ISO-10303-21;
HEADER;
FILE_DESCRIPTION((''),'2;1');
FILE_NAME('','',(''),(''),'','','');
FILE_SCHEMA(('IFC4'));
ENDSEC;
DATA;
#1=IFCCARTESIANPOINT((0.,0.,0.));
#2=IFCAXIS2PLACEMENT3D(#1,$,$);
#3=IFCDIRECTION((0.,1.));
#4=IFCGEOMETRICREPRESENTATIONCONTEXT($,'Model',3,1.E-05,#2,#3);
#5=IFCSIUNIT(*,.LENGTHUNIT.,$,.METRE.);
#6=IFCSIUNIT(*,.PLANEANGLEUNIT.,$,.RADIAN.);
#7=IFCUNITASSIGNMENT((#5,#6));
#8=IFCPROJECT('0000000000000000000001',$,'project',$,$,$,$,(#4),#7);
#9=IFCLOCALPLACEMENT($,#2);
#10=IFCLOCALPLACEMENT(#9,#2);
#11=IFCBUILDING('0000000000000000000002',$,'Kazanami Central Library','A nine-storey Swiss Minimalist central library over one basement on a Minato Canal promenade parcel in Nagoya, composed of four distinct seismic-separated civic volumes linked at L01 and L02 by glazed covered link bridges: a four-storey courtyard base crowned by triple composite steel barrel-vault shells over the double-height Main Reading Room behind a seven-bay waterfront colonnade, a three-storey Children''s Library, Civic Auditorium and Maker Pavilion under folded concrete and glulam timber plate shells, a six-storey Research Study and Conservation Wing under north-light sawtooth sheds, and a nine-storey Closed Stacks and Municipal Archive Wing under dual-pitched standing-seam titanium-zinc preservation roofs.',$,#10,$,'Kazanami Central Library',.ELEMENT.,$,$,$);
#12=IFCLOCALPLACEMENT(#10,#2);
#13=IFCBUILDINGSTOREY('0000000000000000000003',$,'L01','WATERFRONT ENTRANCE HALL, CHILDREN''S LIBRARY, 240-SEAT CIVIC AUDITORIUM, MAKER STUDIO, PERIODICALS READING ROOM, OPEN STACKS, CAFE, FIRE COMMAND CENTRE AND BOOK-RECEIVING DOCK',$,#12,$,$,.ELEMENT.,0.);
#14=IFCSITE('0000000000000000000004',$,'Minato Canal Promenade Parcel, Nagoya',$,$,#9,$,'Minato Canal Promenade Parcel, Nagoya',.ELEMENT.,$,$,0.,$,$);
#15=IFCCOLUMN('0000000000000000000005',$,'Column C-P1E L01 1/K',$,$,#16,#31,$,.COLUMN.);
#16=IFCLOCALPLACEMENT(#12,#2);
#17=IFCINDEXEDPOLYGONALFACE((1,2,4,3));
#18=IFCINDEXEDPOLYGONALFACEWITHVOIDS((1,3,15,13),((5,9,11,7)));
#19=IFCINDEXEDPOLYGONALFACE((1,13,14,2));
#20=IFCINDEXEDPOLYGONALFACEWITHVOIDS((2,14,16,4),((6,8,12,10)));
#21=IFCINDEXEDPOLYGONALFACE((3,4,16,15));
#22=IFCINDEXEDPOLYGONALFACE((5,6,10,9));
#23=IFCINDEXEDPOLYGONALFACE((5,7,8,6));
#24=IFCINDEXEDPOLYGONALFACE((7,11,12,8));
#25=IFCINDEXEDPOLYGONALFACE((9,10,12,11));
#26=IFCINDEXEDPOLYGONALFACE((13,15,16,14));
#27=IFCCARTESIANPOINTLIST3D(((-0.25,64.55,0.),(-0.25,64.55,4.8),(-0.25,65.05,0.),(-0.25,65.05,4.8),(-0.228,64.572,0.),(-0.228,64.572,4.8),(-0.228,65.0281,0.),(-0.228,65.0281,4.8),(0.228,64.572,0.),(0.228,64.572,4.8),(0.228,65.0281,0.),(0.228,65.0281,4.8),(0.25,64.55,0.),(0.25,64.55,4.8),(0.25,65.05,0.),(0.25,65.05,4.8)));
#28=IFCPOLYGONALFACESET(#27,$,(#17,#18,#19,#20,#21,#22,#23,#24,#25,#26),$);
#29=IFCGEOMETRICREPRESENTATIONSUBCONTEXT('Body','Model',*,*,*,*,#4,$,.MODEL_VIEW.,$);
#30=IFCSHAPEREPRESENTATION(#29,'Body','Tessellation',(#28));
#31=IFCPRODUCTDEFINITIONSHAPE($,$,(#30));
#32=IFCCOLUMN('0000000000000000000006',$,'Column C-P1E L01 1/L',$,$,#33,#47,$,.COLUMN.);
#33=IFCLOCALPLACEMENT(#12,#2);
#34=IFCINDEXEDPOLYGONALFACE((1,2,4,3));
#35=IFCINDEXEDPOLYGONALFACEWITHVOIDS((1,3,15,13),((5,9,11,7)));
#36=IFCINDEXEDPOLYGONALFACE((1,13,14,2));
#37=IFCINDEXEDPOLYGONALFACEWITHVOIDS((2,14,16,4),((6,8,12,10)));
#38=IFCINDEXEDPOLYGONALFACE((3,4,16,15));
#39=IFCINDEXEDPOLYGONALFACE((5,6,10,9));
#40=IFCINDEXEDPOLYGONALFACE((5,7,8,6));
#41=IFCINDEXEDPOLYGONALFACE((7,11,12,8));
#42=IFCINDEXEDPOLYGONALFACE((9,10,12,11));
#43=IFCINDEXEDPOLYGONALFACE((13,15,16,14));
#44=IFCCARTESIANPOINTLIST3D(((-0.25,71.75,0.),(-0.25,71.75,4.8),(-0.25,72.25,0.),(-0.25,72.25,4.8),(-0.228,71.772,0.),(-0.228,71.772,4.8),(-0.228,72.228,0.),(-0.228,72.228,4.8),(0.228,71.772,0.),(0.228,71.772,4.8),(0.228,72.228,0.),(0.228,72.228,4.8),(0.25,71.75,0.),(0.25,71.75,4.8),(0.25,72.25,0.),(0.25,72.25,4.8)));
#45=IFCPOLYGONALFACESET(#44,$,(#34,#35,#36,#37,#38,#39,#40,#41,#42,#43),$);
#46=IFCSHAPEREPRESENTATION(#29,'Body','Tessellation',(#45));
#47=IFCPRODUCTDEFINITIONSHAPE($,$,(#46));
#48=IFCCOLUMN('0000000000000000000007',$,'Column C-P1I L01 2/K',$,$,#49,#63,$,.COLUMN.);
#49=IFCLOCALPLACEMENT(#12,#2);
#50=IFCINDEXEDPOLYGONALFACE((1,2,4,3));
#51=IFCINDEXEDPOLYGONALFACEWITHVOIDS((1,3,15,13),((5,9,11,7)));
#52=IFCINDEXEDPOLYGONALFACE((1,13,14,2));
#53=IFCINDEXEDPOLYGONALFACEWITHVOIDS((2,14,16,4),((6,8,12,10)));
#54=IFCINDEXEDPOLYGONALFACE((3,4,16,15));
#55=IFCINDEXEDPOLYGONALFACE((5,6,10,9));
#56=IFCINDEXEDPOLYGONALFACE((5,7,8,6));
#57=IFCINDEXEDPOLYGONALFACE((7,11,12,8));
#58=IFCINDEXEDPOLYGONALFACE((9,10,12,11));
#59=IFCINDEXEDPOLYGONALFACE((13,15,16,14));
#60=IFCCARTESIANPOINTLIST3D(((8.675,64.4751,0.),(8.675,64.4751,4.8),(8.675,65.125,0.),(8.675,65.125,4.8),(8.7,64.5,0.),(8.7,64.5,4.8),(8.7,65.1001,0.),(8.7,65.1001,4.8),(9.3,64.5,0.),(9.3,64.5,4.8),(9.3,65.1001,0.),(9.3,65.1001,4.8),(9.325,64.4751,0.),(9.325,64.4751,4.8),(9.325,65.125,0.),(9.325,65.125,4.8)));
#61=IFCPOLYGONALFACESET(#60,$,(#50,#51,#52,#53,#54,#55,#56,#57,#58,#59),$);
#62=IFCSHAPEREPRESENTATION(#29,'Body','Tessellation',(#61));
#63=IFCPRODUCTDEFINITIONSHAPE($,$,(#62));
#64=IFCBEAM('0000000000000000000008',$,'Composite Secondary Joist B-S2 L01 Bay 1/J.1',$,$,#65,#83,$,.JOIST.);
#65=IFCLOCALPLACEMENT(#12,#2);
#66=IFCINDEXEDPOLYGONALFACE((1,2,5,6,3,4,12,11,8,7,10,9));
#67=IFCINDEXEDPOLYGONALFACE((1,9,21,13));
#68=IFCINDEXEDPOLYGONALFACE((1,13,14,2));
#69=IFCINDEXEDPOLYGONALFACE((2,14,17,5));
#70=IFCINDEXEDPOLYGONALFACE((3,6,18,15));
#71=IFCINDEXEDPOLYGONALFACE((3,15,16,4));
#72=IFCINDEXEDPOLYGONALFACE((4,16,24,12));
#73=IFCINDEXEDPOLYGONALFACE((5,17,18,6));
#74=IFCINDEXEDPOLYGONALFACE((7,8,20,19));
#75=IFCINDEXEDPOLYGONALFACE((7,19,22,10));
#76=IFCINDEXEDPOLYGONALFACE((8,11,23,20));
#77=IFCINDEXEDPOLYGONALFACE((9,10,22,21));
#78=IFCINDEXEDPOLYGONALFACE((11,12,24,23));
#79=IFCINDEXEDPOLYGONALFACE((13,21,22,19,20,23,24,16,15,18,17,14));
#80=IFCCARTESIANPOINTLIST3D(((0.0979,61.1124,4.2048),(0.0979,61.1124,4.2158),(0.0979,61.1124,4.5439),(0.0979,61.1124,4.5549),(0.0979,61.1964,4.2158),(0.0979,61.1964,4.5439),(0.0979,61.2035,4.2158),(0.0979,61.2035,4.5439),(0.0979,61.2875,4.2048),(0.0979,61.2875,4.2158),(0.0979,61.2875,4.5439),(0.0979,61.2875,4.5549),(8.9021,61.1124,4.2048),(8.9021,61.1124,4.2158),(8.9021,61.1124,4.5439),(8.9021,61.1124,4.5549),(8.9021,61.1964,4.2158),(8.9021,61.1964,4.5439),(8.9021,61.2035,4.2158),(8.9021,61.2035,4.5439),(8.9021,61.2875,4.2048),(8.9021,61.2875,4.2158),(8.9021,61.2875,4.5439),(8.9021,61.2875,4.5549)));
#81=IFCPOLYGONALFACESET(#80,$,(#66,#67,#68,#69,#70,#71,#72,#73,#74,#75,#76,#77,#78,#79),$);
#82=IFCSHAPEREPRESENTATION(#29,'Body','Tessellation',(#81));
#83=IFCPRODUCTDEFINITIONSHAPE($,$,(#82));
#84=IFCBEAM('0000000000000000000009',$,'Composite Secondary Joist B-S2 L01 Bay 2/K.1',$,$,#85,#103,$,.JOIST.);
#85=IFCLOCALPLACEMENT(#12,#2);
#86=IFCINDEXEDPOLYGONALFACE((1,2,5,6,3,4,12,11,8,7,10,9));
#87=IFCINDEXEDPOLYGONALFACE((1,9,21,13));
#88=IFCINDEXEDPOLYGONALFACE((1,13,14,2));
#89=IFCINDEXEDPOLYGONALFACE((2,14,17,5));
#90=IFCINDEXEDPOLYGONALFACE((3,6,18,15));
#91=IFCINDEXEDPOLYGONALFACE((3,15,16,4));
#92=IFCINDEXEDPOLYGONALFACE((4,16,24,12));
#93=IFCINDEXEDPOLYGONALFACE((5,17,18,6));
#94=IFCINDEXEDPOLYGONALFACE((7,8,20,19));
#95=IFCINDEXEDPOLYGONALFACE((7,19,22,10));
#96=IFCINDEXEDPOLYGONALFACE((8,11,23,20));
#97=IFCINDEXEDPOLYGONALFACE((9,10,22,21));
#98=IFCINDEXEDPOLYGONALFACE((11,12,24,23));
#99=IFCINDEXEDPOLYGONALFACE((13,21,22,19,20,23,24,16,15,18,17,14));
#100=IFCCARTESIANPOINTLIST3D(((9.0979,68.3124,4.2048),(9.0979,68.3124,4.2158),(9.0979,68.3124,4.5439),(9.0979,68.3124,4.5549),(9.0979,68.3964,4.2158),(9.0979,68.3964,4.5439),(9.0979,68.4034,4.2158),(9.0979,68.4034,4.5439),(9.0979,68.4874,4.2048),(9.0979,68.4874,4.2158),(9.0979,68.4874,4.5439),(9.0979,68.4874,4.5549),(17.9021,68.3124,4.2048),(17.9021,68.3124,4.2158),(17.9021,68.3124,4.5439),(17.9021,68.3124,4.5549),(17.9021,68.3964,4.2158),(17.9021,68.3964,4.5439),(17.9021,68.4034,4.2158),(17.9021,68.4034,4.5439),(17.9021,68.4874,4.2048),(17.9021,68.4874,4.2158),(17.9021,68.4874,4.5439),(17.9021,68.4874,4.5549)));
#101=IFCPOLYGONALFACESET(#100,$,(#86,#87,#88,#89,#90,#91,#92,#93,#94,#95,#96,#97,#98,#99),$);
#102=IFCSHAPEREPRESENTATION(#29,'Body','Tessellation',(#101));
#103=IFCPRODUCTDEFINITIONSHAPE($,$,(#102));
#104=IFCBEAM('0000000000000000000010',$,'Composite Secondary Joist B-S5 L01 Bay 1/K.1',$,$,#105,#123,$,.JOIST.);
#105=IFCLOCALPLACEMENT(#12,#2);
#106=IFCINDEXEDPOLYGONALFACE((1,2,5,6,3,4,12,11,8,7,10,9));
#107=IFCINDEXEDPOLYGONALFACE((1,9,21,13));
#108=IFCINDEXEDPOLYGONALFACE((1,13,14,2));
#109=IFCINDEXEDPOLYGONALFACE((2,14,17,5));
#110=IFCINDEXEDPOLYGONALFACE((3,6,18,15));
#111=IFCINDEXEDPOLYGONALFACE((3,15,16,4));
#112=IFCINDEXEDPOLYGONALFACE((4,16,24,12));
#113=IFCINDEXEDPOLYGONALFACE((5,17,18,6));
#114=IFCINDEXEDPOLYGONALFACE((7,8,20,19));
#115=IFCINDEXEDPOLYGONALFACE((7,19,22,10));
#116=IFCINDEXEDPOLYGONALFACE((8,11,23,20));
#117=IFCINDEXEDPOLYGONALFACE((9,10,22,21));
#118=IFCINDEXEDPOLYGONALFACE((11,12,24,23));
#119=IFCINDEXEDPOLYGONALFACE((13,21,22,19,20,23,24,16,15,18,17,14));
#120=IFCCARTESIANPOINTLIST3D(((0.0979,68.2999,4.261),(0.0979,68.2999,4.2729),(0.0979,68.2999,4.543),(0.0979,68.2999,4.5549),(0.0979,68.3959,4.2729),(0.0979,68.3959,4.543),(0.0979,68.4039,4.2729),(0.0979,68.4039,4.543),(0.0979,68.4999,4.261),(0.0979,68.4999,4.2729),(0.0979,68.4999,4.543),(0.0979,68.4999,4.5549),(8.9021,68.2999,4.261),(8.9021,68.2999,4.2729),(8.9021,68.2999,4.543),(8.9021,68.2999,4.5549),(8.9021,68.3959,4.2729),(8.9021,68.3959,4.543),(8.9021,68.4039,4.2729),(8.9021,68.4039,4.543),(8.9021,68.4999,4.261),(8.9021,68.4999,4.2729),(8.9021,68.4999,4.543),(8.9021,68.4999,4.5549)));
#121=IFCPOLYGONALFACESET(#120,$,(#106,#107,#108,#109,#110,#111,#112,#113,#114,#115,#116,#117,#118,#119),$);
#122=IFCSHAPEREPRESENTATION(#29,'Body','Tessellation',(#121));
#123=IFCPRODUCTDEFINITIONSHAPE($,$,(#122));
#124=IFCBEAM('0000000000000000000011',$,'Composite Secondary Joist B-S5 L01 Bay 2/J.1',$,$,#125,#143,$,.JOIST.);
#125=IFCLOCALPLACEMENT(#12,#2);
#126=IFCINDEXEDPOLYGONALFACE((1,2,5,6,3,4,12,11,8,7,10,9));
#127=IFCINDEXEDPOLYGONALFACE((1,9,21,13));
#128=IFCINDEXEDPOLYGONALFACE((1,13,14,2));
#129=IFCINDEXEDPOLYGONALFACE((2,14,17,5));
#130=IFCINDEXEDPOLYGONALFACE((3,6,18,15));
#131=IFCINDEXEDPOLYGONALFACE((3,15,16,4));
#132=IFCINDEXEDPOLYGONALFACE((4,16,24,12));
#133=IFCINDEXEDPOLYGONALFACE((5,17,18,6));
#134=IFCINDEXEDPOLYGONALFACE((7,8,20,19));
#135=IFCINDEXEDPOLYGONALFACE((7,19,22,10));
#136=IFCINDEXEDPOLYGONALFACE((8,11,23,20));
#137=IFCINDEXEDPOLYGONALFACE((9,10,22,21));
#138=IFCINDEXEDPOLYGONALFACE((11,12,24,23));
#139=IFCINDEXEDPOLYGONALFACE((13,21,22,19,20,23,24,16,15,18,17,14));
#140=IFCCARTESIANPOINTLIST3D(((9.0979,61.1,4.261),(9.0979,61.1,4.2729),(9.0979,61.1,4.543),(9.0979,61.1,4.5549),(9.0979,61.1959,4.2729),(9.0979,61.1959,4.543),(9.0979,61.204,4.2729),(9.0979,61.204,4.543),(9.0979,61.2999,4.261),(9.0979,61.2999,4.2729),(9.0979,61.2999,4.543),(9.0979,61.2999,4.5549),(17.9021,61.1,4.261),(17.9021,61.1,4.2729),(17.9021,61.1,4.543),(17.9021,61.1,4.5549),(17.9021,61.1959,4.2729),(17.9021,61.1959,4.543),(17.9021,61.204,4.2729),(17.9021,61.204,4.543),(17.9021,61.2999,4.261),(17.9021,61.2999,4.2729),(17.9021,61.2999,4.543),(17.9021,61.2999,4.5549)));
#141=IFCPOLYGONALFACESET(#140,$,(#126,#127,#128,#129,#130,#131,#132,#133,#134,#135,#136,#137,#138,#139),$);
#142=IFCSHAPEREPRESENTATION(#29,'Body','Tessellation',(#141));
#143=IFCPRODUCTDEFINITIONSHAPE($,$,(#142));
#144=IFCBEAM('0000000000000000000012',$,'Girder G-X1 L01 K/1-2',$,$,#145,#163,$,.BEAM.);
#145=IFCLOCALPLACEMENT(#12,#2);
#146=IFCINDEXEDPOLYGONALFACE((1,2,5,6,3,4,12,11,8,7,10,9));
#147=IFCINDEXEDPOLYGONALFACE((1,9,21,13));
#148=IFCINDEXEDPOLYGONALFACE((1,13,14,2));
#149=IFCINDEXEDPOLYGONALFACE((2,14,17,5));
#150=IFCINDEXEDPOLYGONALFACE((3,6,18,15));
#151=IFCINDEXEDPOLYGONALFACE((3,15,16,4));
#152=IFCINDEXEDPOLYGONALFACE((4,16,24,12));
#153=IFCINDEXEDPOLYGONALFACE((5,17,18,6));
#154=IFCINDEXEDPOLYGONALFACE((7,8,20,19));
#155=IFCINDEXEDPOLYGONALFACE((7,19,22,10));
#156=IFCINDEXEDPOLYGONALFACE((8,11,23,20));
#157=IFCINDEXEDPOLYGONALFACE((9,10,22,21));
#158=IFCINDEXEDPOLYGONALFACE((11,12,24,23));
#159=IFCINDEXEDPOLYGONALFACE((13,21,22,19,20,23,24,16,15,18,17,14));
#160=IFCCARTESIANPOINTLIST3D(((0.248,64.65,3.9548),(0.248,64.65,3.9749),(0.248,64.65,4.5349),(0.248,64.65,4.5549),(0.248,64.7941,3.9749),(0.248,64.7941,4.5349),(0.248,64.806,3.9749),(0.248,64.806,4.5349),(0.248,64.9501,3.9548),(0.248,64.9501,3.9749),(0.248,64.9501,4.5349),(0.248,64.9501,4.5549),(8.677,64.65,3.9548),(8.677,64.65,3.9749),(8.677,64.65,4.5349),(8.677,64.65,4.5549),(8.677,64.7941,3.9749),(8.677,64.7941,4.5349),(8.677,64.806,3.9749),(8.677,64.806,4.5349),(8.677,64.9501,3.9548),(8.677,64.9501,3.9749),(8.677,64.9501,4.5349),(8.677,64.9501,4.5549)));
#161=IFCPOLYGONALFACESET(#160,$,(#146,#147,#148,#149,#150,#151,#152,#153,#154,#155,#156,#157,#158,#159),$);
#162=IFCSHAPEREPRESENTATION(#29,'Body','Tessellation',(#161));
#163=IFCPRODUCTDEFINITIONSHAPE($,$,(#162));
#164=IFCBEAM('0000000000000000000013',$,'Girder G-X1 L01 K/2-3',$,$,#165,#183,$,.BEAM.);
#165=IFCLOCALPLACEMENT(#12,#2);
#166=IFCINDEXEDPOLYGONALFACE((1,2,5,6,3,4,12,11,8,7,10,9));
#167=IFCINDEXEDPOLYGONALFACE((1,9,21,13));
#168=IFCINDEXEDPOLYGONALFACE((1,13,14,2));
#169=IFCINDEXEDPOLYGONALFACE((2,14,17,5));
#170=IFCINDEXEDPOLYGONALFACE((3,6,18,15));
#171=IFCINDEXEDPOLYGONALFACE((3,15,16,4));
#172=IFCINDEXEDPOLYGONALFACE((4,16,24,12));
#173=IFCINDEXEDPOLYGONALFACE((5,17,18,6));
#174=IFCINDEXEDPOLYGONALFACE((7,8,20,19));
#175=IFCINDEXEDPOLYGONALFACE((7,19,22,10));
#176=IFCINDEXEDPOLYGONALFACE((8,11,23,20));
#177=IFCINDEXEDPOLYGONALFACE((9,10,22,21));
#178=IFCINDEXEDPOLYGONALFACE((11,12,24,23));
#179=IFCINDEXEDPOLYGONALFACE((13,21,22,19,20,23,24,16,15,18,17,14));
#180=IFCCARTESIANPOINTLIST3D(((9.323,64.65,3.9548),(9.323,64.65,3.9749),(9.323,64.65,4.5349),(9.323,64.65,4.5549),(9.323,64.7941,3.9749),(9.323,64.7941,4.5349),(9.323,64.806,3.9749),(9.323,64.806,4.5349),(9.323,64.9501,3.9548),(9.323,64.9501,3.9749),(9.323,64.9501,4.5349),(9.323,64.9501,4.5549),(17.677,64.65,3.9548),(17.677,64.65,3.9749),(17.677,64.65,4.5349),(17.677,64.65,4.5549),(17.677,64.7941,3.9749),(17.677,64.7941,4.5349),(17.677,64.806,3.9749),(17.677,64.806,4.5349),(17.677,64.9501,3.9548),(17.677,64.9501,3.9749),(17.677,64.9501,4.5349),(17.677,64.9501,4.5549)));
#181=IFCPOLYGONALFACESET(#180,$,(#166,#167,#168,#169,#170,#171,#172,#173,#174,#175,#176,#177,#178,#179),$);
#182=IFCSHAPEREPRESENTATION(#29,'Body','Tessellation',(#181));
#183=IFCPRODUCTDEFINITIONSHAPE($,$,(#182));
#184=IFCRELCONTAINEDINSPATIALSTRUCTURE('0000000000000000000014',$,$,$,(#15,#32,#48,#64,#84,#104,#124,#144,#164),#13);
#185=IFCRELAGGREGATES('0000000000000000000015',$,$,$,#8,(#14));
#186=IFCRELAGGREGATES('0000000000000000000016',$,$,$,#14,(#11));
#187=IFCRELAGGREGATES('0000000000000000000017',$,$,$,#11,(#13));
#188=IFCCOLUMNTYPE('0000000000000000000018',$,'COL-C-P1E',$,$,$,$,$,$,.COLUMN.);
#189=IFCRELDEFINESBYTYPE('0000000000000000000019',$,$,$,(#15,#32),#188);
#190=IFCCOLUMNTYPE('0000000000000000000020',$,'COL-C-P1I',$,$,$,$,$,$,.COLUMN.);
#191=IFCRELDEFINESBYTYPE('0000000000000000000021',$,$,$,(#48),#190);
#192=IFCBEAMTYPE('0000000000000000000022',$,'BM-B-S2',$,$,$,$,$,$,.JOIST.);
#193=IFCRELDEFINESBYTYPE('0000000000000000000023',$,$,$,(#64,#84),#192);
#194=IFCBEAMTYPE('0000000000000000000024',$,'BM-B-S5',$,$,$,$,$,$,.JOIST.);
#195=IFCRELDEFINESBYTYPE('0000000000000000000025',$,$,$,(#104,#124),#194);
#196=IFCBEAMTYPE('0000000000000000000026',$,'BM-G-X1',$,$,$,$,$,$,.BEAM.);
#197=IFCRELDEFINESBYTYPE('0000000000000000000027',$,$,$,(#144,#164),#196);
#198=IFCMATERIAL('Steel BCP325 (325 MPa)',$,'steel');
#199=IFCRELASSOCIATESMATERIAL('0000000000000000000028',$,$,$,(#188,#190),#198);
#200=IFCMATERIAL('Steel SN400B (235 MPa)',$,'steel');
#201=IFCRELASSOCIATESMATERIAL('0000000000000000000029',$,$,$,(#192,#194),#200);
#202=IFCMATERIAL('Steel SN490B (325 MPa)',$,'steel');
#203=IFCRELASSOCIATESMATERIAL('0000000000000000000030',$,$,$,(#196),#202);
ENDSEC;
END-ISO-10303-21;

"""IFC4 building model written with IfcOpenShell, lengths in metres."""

from ifc_helpers import new_model, si_unit, direction, frame, origin, origin_2d, place, context, subcontext, project, spatial, hollow_rectangle, i_section, extrude, material, material_profile, profile_set, type_object, element, save


model = new_model("IFC4")

# Units and contexts
model_context = context("Model", 3, precision=1e-05, world=origin(), true_north=direction((0.0, 1.0)))
body_context = subcontext(model_context, "Body", "Model", "MODEL_VIEW")
ifc_project = project(units=[si_unit("LENGTHUNIT", "METRE"), si_unit("PLANEANGLEUNIT", "RADIAN")], contexts=[model_context])

# Site, building, storey
site_placement = place(None, origin())
site = spatial("IfcSite", under=ifc_project, at=site_placement, Name="Minato Canal Promenade Parcel, Nagoya", LongName="Minato Canal Promenade Parcel, Nagoya", CompositionType="ELEMENT", RefElevation=0.0)
building_placement = place(site_placement, origin())
building = spatial("IfcBuilding", under=site, at=building_placement, Name="Kazanami Central Library", Description="A nine-storey Swiss Minimalist central library over one basement on a Minato Canal promenade parcel in Nagoya, composed of four distinct seismic-separated civic volumes linked at L01 and L02 by glazed covered link bridges: a four-storey courtyard base crowned by triple composite steel barrel-vault shells over the double-height Main Reading Room behind a seven-bay waterfront colonnade, a three-storey Children's Library, Civic Auditorium and Maker Pavilion under folded concrete and glulam timber plate shells, a six-storey Research Study and Conservation Wing under north-light sawtooth sheds, and a nine-storey Closed Stacks and Municipal Archive Wing under dual-pitched standing-seam titanium-zinc preservation roofs.", LongName="Kazanami Central Library", CompositionType="ELEMENT")
storey_placement = place(building_placement, origin())
storey = spatial("IfcBuildingStorey", under=building, at=storey_placement, Name="L01", Description="WATERFRONT ENTRANCE HALL, CHILDREN'S LIBRARY, 240-SEAT CIVIC AUDITORIUM, MAKER STUDIO, PERIODICALS READING ROOM, OPEN STACKS, CAFE, FIRE COMMAND CENTRE AND BOOK-RECEIVING DOCK", CompositionType="ELEMENT", Elevation=0.0)

# Columns
ifc_material_1 = material(Name="Steel BCP325 (325 MPa)", Category="steel")
ifc_material_profile_1 = material_profile(ifc_material_1, hollow_rectangle(XDim=0.5, YDim=0.5, WallThickness=0.022, at=origin_2d()), Name="BCP-500x500x22")
ifc_profile_set_1 = profile_set([ifc_material_profile_1], Name="Steel BCP325 (325 MPa)")
column_type_1 = type_object("IfcColumnType", Name="COL-C-P1E", PredefinedType="COLUMN", material=ifc_profile_set_1)
for number, where, z_axis, x_axis, name in (
    (1, (0.0, 64.8, 0.0), (0.0, 0.0, 1.0), (1.0, 0.0, 0.0), "Column C-P1E L01 1/K"),
    (2, (0.0, 72.0, 0.0), (0.0, 0.0, 1.0), (1.0, 0.0, 0.0), "Column C-P1E L01 1/L"),
):
    element("IfcColumn", number, at=place(storey_placement, frame(where, z_axis=z_axis, x_axis=x_axis)), inside=storey, type_object=column_type_1, Name=name, PredefinedType="COLUMN", context=body_context, shape_type="SweptSolid", body=[
        extrude(hollow_rectangle(XDim=0.5, YDim=0.5, WallThickness=0.022, at=origin_2d()), origin(), (0.0, 0.0, 1.0), 4.8),
    ])
ifc_material_profile_2 = material_profile(ifc_material_1, hollow_rectangle(XDim=0.6499, YDim=0.6499, WallThickness=0.0249, at=origin_2d()), Name="BCP-650x650x25")
ifc_profile_set_2 = profile_set([ifc_material_profile_2], Name="Steel BCP325 (325 MPa)")
column_type_2 = type_object("IfcColumnType", Name="COL-C-P1I", PredefinedType="COLUMN", material=ifc_profile_set_2)
column_placement = place(storey_placement, frame((9.0, 64.8, 0.0), z_axis=(0.0, 0.0, 1.0), x_axis=(1.0, 0.0, 0.0)))
element("IfcColumn", 3, at=column_placement, inside=storey, type_object=column_type_2, Name="Column C-P1I L01 2/K", PredefinedType="COLUMN", context=body_context, shape_type="SweptSolid", body=[
    extrude(hollow_rectangle(XDim=0.6499, YDim=0.6499, WallThickness=0.0249, at=origin_2d()), origin(), (0.0, 0.0, 1.0), 4.8),
])

# Beams
ifc_material_2 = material(Name="Steel SN400B (235 MPa)", Category="steel")
ifc_material_profile_3 = material_profile(ifc_material_2, i_section(OverallWidth=0.175, OverallDepth=0.3501, WebThickness=0.0071, FlangeThickness=0.011, at=origin_2d()), Name="H-350x175x7x11")
ifc_profile_set_3 = profile_set([ifc_material_profile_3], Name="Steel SN400B (235 MPa)")
beam_type_1 = type_object("IfcBeamType", Name="BM-B-S2", PredefinedType="JOIST", material=ifc_profile_set_3)
for number, where, z_axis, x_axis, name in (
    (4, (0.0979, 61.2, 4.3799), (1.0, 0.0, 0.0), (0.0, 1.0, 0.0), "Composite Secondary Joist B-S2 L01 Bay 1/J.1"),
    (5, (9.0979, 68.3999, 4.3799), (1.0, 0.0, 0.0), (0.0, 1.0, 0.0), "Composite Secondary Joist B-S2 L01 Bay 2/K.1"),
):
    element("IfcBeam", number, at=place(storey_placement, frame(where, z_axis=z_axis, x_axis=x_axis)), inside=storey, type_object=beam_type_1, Name=name, PredefinedType="JOIST", context=body_context, shape_type="SweptSolid", body=[
        extrude(i_section(OverallWidth=0.175, OverallDepth=0.3501, WebThickness=0.0071, FlangeThickness=0.011, at=origin_2d()), origin(), (0.0, 0.0, 1.0), 8.8042),
    ])
ifc_material_profile_4 = material_profile(ifc_material_2, i_section(OverallWidth=0.2, OverallDepth=0.2939, WebThickness=0.0081, FlangeThickness=0.012, at=origin_2d()), Name="H-294x200x8x12")
ifc_profile_set_4 = profile_set([ifc_material_profile_4], Name="Steel SN400B (235 MPa)")
beam_type_2 = type_object("IfcBeamType", Name="BM-B-S5", PredefinedType="JOIST", material=ifc_profile_set_4)
for number, where, z_axis, x_axis, name in (
    (6, (0.0979, 68.3999, 4.408), (1.0, 0.0, 0.0), (0.0, 1.0, 0.0), "Composite Secondary Joist B-S5 L01 Bay 1/K.1"),
    (7, (9.0979, 61.2, 4.408), (1.0, 0.0, 0.0), (0.0, 1.0, 0.0), "Composite Secondary Joist B-S5 L01 Bay 2/J.1"),
):
    element("IfcBeam", number, at=place(storey_placement, frame(where, z_axis=z_axis, x_axis=x_axis)), inside=storey, type_object=beam_type_2, Name=name, PredefinedType="JOIST", context=body_context, shape_type="SweptSolid", body=[
        extrude(i_section(OverallWidth=0.2, OverallDepth=0.2939, WebThickness=0.0081, FlangeThickness=0.012, at=origin_2d()), origin(), (0.0, 0.0, 1.0), 8.8042),
    ])
ifc_material_3 = material(Name="Steel SN490B (325 MPa)", Category="steel")
ifc_material_profile_5 = material_profile(ifc_material_3, i_section(OverallWidth=0.3, OverallDepth=0.6001, WebThickness=0.012, FlangeThickness=0.02, at=origin_2d()), Name="H-600x300x12x20")
ifc_profile_set_5 = profile_set([ifc_material_profile_5], Name="Steel SN490B (325 MPa)")
beam_type_3 = type_object("IfcBeamType", Name="BM-G-X1", PredefinedType="BEAM", material=ifc_profile_set_5)
beam_1_placement = place(storey_placement, frame((0.248, 64.8, 4.2549), z_axis=(1.0, 0.0, 0.0), x_axis=(0.0, 1.0, 0.0)))
element("IfcBeam", 8, at=beam_1_placement, inside=storey, type_object=beam_type_3, Name="Girder G-X1 L01 K/1-2", PredefinedType="BEAM", context=body_context, shape_type="SweptSolid", body=[
    extrude(i_section(OverallWidth=0.3, OverallDepth=0.6001, WebThickness=0.012, FlangeThickness=0.02, at=origin_2d()), origin(), (0.0, 0.0, 1.0), 8.429),
])
beam_2_placement = place(storey_placement, frame((9.323, 64.8, 4.2549), z_axis=(1.0, 0.0, 0.0), x_axis=(0.0, 1.0, 0.0)))
element("IfcBeam", 9, at=beam_2_placement, inside=storey, type_object=beam_type_3, Name="Girder G-X1 L01 K/2-3", PredefinedType="BEAM", context=body_context, shape_type="SweptSolid", body=[
    extrude(i_section(OverallWidth=0.3, OverallDepth=0.6001, WebThickness=0.012, FlangeThickness=0.02, at=origin_2d()), origin(), (0.0, 0.0, 1.0), 8.354),
])

save(model, "model.ifc")
